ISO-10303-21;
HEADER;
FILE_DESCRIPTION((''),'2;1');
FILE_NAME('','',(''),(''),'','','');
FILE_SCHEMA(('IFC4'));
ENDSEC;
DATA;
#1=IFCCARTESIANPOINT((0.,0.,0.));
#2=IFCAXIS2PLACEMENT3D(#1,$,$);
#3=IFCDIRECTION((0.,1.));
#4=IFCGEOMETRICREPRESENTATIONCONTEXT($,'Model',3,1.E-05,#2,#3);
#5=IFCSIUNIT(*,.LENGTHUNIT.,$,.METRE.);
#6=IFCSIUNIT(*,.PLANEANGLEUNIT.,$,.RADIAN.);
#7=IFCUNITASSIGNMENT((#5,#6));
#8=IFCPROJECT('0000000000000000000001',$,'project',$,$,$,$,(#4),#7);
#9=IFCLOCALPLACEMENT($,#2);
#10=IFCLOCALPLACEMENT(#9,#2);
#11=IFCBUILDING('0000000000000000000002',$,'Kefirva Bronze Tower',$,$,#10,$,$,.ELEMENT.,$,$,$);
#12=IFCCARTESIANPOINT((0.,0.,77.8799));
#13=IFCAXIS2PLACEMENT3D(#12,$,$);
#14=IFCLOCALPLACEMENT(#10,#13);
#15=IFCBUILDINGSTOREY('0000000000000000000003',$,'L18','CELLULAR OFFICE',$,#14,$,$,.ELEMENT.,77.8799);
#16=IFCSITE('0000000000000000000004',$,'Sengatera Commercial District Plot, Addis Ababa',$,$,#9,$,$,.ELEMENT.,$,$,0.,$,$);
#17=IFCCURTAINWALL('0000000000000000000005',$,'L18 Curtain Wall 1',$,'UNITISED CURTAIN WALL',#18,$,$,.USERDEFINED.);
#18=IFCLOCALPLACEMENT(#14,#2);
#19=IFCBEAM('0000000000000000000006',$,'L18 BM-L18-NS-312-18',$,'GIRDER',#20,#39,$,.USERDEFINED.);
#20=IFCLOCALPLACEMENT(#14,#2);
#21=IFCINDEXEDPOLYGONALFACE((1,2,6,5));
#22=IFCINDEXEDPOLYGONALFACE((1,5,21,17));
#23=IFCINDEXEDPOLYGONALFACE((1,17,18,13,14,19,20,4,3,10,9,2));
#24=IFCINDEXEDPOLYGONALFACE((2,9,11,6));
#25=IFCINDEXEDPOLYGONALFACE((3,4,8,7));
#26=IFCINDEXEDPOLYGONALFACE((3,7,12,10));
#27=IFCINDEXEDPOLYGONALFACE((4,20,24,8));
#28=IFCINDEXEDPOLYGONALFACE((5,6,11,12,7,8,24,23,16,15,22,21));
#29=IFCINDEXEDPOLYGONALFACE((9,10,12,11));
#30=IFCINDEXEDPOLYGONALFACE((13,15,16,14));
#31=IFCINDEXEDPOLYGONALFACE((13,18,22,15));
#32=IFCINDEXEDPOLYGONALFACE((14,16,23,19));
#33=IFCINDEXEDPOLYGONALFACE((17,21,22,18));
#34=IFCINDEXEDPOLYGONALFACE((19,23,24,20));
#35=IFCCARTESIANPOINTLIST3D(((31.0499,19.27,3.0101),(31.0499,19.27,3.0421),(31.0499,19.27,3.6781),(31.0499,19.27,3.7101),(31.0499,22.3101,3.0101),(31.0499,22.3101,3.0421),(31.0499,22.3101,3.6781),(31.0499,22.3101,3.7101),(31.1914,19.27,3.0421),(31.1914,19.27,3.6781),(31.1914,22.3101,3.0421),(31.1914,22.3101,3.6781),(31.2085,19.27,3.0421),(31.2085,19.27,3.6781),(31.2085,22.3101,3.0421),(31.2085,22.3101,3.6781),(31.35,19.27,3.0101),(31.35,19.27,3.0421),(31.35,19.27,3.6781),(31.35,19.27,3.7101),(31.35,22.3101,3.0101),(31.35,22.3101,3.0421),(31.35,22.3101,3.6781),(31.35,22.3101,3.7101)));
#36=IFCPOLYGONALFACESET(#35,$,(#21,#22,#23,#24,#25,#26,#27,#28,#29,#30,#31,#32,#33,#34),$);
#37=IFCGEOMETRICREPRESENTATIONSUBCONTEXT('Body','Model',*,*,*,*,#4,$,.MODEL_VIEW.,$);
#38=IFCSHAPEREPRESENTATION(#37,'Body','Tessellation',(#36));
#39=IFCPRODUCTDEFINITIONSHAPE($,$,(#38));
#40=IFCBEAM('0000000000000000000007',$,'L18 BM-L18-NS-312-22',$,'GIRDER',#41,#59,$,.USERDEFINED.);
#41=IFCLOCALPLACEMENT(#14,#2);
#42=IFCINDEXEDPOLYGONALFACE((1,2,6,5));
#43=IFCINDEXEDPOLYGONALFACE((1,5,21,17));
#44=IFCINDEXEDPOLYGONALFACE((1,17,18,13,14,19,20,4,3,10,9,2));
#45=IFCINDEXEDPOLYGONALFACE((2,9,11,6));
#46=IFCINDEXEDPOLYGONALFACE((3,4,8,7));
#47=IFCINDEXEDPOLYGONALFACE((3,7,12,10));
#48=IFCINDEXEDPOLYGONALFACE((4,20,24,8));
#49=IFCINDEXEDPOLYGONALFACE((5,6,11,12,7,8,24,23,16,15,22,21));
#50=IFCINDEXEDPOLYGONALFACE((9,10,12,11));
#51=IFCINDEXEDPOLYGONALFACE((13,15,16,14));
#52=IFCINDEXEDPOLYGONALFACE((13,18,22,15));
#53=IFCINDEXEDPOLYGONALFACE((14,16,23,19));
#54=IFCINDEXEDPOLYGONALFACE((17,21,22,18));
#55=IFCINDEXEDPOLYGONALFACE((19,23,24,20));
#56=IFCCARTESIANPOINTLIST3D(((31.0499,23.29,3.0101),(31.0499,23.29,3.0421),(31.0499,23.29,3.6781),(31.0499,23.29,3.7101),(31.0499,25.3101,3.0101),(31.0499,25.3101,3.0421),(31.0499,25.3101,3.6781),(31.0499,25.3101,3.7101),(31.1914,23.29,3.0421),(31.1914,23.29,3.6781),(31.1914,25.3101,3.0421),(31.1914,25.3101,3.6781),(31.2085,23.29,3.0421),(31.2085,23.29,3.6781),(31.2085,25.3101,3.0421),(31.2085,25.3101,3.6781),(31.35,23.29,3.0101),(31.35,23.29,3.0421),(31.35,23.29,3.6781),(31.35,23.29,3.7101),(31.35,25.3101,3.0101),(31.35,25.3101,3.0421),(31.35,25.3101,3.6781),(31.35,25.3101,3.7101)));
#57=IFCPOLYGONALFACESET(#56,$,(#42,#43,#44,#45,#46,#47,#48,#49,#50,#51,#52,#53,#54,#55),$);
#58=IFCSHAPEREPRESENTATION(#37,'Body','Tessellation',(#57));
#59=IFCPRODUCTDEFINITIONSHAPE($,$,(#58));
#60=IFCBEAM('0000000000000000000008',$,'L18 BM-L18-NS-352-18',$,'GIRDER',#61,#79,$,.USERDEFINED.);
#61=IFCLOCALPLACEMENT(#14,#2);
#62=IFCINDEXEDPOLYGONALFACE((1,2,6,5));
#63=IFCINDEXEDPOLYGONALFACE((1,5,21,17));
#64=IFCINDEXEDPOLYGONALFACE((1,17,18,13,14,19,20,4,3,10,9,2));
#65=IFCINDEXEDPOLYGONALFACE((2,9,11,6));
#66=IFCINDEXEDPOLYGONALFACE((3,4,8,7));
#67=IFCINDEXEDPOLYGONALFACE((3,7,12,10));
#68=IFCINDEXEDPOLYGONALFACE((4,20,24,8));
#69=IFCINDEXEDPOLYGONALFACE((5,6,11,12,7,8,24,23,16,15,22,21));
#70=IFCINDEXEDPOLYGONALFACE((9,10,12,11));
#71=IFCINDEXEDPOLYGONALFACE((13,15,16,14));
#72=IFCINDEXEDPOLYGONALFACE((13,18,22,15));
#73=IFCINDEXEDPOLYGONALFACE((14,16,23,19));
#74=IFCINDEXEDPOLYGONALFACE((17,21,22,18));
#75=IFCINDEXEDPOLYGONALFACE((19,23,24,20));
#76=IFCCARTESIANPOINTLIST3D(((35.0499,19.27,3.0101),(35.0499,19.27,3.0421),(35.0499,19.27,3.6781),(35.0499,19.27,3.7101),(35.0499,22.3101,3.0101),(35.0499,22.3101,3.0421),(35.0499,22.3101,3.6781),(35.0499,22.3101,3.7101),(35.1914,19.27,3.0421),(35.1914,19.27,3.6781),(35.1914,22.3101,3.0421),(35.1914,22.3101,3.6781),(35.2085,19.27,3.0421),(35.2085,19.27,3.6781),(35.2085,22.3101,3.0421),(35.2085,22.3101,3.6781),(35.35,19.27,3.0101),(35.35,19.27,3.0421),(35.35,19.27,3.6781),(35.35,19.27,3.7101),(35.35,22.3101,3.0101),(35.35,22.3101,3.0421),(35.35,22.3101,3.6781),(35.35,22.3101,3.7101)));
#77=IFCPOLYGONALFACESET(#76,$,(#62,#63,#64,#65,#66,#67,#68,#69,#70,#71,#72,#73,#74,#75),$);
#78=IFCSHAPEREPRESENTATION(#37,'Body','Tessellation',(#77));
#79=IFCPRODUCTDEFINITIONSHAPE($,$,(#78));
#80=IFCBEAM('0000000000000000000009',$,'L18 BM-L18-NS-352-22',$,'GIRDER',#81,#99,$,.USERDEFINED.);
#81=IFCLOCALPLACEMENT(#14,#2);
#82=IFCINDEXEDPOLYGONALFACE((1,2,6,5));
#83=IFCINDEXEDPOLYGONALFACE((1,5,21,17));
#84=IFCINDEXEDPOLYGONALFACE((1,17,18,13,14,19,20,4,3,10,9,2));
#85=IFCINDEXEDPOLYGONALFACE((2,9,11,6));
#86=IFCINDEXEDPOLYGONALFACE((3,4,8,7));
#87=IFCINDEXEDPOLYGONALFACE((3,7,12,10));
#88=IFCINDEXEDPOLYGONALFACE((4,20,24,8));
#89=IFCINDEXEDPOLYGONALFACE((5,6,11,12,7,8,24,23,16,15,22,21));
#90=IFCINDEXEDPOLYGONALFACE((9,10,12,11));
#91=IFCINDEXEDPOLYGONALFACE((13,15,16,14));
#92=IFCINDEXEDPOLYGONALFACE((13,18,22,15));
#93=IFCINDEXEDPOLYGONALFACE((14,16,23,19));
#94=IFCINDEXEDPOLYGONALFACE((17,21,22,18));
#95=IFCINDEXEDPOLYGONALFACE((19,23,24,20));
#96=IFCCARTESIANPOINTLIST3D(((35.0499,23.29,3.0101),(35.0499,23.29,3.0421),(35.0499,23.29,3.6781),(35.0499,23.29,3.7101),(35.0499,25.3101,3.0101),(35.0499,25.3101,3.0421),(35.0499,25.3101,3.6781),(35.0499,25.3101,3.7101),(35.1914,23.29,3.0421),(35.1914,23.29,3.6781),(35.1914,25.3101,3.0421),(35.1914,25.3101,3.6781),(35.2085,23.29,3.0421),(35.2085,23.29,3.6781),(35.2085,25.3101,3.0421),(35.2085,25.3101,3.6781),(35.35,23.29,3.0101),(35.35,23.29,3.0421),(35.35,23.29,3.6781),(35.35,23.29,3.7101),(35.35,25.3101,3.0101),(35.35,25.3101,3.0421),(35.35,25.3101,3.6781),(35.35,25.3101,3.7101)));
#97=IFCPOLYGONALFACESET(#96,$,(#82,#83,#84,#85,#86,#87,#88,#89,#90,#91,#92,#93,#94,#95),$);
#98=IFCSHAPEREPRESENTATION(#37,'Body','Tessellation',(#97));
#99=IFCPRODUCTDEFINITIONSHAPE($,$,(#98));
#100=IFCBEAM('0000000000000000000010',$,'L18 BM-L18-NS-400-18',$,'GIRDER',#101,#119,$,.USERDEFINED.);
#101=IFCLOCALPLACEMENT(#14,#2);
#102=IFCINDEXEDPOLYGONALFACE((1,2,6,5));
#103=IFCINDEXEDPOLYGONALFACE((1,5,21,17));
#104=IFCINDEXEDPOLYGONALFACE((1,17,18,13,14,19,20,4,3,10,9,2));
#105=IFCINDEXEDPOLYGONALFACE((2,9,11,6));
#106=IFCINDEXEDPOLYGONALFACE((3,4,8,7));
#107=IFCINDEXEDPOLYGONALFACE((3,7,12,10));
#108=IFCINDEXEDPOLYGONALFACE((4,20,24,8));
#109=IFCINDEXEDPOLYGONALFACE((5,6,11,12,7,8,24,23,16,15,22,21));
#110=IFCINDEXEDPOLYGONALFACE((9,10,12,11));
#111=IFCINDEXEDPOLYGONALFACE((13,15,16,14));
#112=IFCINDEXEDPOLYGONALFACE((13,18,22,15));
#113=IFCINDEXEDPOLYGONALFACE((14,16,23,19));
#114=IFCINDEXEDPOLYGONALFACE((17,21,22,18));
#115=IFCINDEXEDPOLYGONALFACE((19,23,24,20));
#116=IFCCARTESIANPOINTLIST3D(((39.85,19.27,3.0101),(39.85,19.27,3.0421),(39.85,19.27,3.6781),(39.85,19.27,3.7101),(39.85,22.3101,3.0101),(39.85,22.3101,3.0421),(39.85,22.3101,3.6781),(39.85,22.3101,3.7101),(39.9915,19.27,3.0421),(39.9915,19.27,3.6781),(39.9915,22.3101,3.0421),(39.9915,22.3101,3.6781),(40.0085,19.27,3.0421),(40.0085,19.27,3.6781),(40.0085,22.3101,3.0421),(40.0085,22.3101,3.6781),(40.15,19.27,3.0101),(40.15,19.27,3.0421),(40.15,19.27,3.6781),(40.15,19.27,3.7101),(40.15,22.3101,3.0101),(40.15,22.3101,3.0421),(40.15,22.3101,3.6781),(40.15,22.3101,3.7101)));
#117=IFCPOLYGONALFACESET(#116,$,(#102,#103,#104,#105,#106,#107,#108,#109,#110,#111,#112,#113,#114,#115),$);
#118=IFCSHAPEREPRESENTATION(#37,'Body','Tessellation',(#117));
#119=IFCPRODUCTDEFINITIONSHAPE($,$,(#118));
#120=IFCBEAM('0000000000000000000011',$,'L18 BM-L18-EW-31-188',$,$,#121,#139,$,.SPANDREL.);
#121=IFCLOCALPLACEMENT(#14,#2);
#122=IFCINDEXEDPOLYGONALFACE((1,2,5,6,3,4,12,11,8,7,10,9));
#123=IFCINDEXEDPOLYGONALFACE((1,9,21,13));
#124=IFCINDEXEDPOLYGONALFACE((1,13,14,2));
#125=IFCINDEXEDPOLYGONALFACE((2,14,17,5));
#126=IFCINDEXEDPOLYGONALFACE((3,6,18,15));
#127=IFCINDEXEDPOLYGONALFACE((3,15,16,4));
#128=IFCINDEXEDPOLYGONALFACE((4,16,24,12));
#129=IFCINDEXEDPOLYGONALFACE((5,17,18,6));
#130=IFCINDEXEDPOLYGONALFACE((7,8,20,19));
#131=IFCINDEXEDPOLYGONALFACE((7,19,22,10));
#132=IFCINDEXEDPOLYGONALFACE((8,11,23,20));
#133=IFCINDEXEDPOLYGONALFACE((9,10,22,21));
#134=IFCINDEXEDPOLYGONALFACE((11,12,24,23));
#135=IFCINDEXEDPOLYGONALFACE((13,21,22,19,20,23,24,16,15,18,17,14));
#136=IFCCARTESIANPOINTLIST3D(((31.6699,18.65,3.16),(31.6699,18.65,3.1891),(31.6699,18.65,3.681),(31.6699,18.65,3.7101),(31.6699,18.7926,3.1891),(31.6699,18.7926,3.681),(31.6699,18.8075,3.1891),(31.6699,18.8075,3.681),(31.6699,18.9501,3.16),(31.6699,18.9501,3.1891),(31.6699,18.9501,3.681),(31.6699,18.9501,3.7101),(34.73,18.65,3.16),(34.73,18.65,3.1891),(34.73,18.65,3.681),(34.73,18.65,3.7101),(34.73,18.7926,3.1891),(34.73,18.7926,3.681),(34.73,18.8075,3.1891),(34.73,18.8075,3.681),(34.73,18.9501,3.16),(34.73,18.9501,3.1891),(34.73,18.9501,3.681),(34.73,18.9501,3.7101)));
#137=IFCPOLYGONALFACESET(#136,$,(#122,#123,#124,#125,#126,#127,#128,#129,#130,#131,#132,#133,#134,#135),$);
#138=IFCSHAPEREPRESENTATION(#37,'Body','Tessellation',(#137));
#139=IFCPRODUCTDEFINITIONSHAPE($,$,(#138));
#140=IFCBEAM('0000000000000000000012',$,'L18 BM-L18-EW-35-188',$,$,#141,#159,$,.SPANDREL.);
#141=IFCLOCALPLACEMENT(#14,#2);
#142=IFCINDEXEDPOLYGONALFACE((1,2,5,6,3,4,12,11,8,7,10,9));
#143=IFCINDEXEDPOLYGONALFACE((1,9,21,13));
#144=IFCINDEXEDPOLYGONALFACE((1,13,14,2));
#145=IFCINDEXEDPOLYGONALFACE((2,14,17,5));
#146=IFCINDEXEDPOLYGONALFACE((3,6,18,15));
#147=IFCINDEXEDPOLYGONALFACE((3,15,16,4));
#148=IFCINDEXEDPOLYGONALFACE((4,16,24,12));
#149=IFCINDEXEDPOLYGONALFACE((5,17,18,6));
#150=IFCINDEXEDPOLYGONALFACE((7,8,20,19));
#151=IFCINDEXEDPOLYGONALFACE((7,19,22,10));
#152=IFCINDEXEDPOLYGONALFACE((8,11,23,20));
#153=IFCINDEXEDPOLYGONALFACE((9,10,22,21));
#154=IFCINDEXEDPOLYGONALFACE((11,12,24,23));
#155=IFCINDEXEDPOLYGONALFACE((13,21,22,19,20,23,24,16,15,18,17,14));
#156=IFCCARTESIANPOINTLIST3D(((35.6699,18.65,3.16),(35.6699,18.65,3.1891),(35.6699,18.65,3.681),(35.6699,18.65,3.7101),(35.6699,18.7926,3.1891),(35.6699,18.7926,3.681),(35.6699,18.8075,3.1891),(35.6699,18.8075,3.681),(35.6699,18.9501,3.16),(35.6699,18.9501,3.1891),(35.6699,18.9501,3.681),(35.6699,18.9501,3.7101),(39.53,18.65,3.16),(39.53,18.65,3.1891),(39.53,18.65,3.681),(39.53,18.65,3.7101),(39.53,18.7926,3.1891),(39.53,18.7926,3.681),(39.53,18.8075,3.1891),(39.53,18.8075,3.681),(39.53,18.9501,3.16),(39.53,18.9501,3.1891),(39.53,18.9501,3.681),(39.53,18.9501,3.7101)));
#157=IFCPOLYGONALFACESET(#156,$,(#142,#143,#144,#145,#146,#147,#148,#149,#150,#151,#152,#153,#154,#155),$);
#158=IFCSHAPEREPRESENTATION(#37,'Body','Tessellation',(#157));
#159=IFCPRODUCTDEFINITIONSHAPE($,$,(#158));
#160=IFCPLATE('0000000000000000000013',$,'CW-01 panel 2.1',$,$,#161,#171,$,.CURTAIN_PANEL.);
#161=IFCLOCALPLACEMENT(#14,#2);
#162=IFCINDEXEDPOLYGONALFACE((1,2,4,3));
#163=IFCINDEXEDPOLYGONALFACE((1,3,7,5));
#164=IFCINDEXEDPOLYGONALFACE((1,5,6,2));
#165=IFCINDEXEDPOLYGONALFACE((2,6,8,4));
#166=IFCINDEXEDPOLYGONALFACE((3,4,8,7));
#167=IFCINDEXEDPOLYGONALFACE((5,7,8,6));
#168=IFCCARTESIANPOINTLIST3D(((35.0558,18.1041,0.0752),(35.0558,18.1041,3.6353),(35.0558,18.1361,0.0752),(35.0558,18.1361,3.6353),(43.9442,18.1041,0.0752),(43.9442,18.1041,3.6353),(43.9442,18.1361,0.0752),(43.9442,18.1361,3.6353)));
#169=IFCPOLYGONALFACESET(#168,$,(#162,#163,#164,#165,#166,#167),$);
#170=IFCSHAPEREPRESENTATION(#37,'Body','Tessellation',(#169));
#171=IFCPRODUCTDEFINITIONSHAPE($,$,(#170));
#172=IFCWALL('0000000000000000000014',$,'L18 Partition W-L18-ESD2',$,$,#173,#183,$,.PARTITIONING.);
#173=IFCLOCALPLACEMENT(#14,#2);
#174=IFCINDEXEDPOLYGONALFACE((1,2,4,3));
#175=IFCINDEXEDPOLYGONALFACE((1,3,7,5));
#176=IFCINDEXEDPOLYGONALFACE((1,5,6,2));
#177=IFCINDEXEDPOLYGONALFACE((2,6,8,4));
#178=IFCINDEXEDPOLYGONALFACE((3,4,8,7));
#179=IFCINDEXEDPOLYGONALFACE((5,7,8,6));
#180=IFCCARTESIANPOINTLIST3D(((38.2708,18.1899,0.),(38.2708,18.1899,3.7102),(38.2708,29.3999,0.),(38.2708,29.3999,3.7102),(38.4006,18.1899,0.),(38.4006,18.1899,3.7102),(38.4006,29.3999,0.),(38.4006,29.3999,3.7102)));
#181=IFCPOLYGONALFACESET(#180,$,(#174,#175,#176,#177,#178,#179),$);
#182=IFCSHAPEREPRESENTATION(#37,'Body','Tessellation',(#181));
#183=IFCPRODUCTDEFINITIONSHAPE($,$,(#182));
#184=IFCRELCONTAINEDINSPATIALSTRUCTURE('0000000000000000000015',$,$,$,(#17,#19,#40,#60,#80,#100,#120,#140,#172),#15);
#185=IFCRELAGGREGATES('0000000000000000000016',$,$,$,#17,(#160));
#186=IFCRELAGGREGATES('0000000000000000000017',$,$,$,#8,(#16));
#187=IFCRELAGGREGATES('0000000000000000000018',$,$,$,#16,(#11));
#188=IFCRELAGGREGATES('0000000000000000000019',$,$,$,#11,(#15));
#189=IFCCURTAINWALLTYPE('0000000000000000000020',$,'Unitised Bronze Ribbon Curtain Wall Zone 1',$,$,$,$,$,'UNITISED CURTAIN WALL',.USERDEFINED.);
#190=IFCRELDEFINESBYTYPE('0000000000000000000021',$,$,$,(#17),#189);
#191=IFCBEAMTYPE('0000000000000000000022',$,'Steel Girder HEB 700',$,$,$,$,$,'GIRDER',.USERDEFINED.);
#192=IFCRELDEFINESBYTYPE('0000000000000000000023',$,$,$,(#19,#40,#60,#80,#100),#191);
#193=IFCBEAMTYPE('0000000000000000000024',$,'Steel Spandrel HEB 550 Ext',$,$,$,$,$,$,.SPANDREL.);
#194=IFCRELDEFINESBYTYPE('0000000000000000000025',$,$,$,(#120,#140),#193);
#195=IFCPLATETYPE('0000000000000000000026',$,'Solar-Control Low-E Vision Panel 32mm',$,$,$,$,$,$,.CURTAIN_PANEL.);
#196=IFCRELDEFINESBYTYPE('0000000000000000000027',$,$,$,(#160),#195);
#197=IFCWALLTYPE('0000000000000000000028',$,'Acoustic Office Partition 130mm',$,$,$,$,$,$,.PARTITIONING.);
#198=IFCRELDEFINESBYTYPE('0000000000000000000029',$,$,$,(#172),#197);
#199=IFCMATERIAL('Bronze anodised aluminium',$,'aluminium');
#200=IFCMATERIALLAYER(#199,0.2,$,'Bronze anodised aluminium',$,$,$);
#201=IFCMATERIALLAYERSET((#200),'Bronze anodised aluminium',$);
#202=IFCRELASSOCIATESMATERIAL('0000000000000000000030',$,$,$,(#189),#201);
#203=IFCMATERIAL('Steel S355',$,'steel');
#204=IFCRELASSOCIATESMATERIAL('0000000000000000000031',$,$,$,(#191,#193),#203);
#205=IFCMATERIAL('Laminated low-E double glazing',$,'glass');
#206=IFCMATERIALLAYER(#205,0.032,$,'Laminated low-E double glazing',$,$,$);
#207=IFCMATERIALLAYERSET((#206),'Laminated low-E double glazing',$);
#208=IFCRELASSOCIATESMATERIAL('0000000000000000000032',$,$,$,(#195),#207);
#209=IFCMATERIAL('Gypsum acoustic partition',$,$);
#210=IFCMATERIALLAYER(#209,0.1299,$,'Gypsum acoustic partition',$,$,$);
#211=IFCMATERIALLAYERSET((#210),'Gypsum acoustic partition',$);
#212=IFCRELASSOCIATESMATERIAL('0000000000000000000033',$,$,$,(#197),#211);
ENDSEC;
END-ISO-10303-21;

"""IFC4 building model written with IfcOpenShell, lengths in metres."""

from ifc_helpers import new_model, si_unit, direction, frame, frame_2d, origin, origin_2d, place, context, subcontext, project, spatial, rectangle, i_section, extrude, material, layer, layer_set, material_profile, profile_set, type_object, element, aggregate, save


model = new_model("IFC4")

# Units and contexts
model_context = context("Model", 3, precision=1e-05, world=origin(), true_north=direction((0.0, 1.0)))
body_context = subcontext(model_context, "Body", "Model", "MODEL_VIEW")
ifc_project = project(units=[si_unit("LENGTHUNIT", "METRE"), si_unit("PLANEANGLEUNIT", "RADIAN")], contexts=[model_context])

# Site, building, storey
site_placement = place(None, origin())
site = spatial("IfcSite", under=ifc_project, at=site_placement, Name="Sengatera Commercial District Plot, Addis Ababa", CompositionType="ELEMENT", RefElevation=0.0)
building_placement = place(site_placement, origin())
building = spatial("IfcBuilding", under=site, at=building_placement, Name="Kefirva Bronze Tower", CompositionType="ELEMENT")
storey_placement = place(building_placement, frame((0.0, 0.0, 77.8799)))
storey = spatial("IfcBuildingStorey", under=building, at=storey_placement, Name="L18", Description="CELLULAR OFFICE", CompositionType="ELEMENT", Elevation=77.8799)

# Curtain wall
ifc_material_1 = material(Name="Bronze anodised aluminium", Category="aluminium")
ifc_layer_1 = layer(ifc_material_1, 0.2, Name="Bronze anodised aluminium")
ifc_layer_set_1 = layer_set([ifc_layer_1], Name="Bronze anodised aluminium")
curtain_wall_type = type_object("IfcCurtainWallType", Name="Unitised Bronze Ribbon Curtain Wall Zone 1", ElementType="UNITISED CURTAIN WALL", PredefinedType="USERDEFINED", material=ifc_layer_set_1)
curtain_wall_placement = place(storey_placement, origin())
curtain_wall = element("IfcCurtainWall", 1, at=curtain_wall_placement, inside=storey, type_object=curtain_wall_type, Name="L18 Curtain Wall 1", ObjectType="UNITISED CURTAIN WALL", PredefinedType="USERDEFINED")

# Beams
ifc_material_2 = material(Name="Steel S355", Category="steel")
ifc_material_profile_1 = material_profile(ifc_material_2, i_section(OverallWidth=0.3, OverallDepth=0.7, WebThickness=0.0171, FlangeThickness=0.032, at=origin_2d()), Name="HEB 700")
ifc_profile_set_1 = profile_set([ifc_material_profile_1], Name="Steel S355")
beam_type_1 = type_object("IfcBeamType", Name="Steel Girder HEB 700", ElementType="GIRDER", PredefinedType="USERDEFINED", material=ifc_profile_set_1)
beam_1_placement = place(storey_placement, frame((31.2, 19.27, 3.3601), z_axis=(0.0, 1.0, 0.0), x_axis=(-1.0, 0.0, 0.0)))
element("IfcBeam", 2, at=beam_1_placement, inside=storey, type_object=beam_type_1, Name="L18 BM-L18-NS-312-18", ObjectType="GIRDER", PredefinedType="USERDEFINED", context=body_context, shape_type="SweptSolid", body=[
    extrude(i_section(OverallWidth=0.3, OverallDepth=0.7, WebThickness=0.0171, FlangeThickness=0.032, at=origin_2d()), origin(), (0.0, 0.0, 1.0), 3.04),
])
beam_2_placement = place(storey_placement, frame((31.2, 23.29, 3.3601), z_axis=(0.0, 1.0, 0.0), x_axis=(-1.0, 0.0, 0.0)))
element("IfcBeam", 3, at=beam_2_placement, inside=storey, type_object=beam_type_1, Name="L18 BM-L18-NS-312-22", ObjectType="GIRDER", PredefinedType="USERDEFINED", context=body_context, shape_type="SweptSolid", body=[
    extrude(i_section(OverallWidth=0.3, OverallDepth=0.7, WebThickness=0.0171, FlangeThickness=0.032, at=origin_2d()), origin(), (0.0, 0.0, 1.0), 2.02),
])
beam_3_placement = place(storey_placement, frame((35.2, 19.27, 3.3601), z_axis=(0.0, 1.0, 0.0), x_axis=(-1.0, 0.0, 0.0)))
element("IfcBeam", 4, at=beam_3_placement, inside=storey, type_object=beam_type_1, Name="L18 BM-L18-NS-352-18", ObjectType="GIRDER", PredefinedType="USERDEFINED", context=body_context, shape_type="SweptSolid", body=[
    extrude(i_section(OverallWidth=0.3, OverallDepth=0.7, WebThickness=0.0171, FlangeThickness=0.032, at=origin_2d()), origin(), (0.0, 0.0, 1.0), 3.04),
])
beam_4_placement = place(storey_placement, frame((35.2, 23.29, 3.3601), z_axis=(0.0, 1.0, 0.0), x_axis=(-1.0, 0.0, 0.0)))
element("IfcBeam", 5, at=beam_4_placement, inside=storey, type_object=beam_type_1, Name="L18 BM-L18-NS-352-22", ObjectType="GIRDER", PredefinedType="USERDEFINED", context=body_context, shape_type="SweptSolid", body=[
    extrude(i_section(OverallWidth=0.3, OverallDepth=0.7, WebThickness=0.0171, FlangeThickness=0.032, at=origin_2d()), origin(), (0.0, 0.0, 1.0), 2.02),
])
beam_5_placement = place(storey_placement, frame((40.0, 19.27, 3.3601), z_axis=(0.0, 1.0, 0.0), x_axis=(-1.0, 0.0, 0.0)))
element("IfcBeam", 6, at=beam_5_placement, inside=storey, type_object=beam_type_1, Name="L18 BM-L18-NS-400-18", ObjectType="GIRDER", PredefinedType="USERDEFINED", context=body_context, shape_type="SweptSolid", body=[
    extrude(i_section(OverallWidth=0.3, OverallDepth=0.7, WebThickness=0.0171, FlangeThickness=0.032, at=origin_2d()), origin(), (0.0, 0.0, 1.0), 3.04),
])
ifc_material_profile_2 = material_profile(ifc_material_2, i_section(OverallWidth=0.3, OverallDepth=0.55, WebThickness=0.0149, FlangeThickness=0.0291, at=origin_2d()), Name="HEB 550")
ifc_profile_set_2 = profile_set([ifc_material_profile_2], Name="Steel S355")
beam_type_2 = type_object("IfcBeamType", Name="Steel Spandrel HEB 550 Ext", PredefinedType="SPANDREL", material=ifc_profile_set_2)
beam_6_placement = place(storey_placement, frame((31.6699, 18.8, 3.4351), z_axis=(1.0, 0.0, 0.0), x_axis=(0.0, 1.0, 0.0)))
element("IfcBeam", 7, at=beam_6_placement, inside=storey, type_object=beam_type_2, Name="L18 BM-L18-EW-31-188", PredefinedType="SPANDREL", context=body_context, shape_type="SweptSolid", body=[
    extrude(i_section(OverallWidth=0.3, OverallDepth=0.55, WebThickness=0.0149, FlangeThickness=0.0291, at=origin_2d()), origin(), (0.0, 0.0, 1.0), 3.0601),
])
beam_7_placement = place(storey_placement, frame((35.6699, 18.8, 3.4351), z_axis=(1.0, 0.0, 0.0), x_axis=(0.0, 1.0, 0.0)))
element("IfcBeam", 8, at=beam_7_placement, inside=storey, type_object=beam_type_2, Name="L18 BM-L18-EW-35-188", PredefinedType="SPANDREL", context=body_context, shape_type="SweptSolid", body=[
    extrude(i_section(OverallWidth=0.3, OverallDepth=0.55, WebThickness=0.0149, FlangeThickness=0.0291, at=origin_2d()), origin(), (0.0, 0.0, 1.0), 3.8601),
])

# Plate
ifc_material_3 = material(Name="Laminated low-E double glazing", Category="glass")
ifc_layer_2 = layer(ifc_material_3, 0.032, Name="Laminated low-E double glazing")
ifc_layer_set_2 = layer_set([ifc_layer_2], Name="Laminated low-E double glazing")
plate_type = type_object("IfcPlateType", Name="Solar-Control Low-E Vision Panel 32mm", PredefinedType="CURTAIN_PANEL", material=ifc_layer_set_2)
plate_placement = place(storey_placement, frame((39.5, 18.1201, 0.0752), z_axis=(0.0, 0.0, 1.0), x_axis=(1.0, 0.0, 0.0)))
plate = element("IfcPlate", 9, at=plate_placement, type_object=plate_type, Name="CW-01 panel 2.1", PredefinedType="CURTAIN_PANEL", context=body_context, shape_type="SweptSolid", body=[
    extrude(rectangle(XDim=8.8884, YDim=0.032, at=origin_2d()), origin(), (0.0, 0.0, 1.0), 3.5601),
])
aggregate(curtain_wall, [plate])

# Wall
ifc_material_4 = material(Name="Gypsum acoustic partition")
ifc_layer_3 = layer(ifc_material_4, 0.1299, Name="Gypsum acoustic partition")
ifc_layer_set_3 = layer_set([ifc_layer_3], Name="Gypsum acoustic partition")
wall_type = type_object("IfcWallType", Name="Acoustic Office Partition 130mm", PredefinedType="PARTITIONING", material=ifc_layer_set_3)
wall_placement = place(storey_placement, frame((38.3357, 18.1899, 0.0), z_axis=(0.0, 0.0, 1.0), x_axis=(0.0, 1.0, 0.0)))
element("IfcWall", 10, at=wall_placement, inside=storey, type_object=wall_type, Name="L18 Partition W-L18-ESD2", PredefinedType="PARTITIONING", context=body_context, shape_type="SweptSolid", body=[
    extrude(rectangle(XDim=11.21, YDim=0.1299, at=frame_2d((5.605, 0.0))), origin(), (0.0, 0.0, 1.0), 3.7102),
])

save(model, "model.ifc")
